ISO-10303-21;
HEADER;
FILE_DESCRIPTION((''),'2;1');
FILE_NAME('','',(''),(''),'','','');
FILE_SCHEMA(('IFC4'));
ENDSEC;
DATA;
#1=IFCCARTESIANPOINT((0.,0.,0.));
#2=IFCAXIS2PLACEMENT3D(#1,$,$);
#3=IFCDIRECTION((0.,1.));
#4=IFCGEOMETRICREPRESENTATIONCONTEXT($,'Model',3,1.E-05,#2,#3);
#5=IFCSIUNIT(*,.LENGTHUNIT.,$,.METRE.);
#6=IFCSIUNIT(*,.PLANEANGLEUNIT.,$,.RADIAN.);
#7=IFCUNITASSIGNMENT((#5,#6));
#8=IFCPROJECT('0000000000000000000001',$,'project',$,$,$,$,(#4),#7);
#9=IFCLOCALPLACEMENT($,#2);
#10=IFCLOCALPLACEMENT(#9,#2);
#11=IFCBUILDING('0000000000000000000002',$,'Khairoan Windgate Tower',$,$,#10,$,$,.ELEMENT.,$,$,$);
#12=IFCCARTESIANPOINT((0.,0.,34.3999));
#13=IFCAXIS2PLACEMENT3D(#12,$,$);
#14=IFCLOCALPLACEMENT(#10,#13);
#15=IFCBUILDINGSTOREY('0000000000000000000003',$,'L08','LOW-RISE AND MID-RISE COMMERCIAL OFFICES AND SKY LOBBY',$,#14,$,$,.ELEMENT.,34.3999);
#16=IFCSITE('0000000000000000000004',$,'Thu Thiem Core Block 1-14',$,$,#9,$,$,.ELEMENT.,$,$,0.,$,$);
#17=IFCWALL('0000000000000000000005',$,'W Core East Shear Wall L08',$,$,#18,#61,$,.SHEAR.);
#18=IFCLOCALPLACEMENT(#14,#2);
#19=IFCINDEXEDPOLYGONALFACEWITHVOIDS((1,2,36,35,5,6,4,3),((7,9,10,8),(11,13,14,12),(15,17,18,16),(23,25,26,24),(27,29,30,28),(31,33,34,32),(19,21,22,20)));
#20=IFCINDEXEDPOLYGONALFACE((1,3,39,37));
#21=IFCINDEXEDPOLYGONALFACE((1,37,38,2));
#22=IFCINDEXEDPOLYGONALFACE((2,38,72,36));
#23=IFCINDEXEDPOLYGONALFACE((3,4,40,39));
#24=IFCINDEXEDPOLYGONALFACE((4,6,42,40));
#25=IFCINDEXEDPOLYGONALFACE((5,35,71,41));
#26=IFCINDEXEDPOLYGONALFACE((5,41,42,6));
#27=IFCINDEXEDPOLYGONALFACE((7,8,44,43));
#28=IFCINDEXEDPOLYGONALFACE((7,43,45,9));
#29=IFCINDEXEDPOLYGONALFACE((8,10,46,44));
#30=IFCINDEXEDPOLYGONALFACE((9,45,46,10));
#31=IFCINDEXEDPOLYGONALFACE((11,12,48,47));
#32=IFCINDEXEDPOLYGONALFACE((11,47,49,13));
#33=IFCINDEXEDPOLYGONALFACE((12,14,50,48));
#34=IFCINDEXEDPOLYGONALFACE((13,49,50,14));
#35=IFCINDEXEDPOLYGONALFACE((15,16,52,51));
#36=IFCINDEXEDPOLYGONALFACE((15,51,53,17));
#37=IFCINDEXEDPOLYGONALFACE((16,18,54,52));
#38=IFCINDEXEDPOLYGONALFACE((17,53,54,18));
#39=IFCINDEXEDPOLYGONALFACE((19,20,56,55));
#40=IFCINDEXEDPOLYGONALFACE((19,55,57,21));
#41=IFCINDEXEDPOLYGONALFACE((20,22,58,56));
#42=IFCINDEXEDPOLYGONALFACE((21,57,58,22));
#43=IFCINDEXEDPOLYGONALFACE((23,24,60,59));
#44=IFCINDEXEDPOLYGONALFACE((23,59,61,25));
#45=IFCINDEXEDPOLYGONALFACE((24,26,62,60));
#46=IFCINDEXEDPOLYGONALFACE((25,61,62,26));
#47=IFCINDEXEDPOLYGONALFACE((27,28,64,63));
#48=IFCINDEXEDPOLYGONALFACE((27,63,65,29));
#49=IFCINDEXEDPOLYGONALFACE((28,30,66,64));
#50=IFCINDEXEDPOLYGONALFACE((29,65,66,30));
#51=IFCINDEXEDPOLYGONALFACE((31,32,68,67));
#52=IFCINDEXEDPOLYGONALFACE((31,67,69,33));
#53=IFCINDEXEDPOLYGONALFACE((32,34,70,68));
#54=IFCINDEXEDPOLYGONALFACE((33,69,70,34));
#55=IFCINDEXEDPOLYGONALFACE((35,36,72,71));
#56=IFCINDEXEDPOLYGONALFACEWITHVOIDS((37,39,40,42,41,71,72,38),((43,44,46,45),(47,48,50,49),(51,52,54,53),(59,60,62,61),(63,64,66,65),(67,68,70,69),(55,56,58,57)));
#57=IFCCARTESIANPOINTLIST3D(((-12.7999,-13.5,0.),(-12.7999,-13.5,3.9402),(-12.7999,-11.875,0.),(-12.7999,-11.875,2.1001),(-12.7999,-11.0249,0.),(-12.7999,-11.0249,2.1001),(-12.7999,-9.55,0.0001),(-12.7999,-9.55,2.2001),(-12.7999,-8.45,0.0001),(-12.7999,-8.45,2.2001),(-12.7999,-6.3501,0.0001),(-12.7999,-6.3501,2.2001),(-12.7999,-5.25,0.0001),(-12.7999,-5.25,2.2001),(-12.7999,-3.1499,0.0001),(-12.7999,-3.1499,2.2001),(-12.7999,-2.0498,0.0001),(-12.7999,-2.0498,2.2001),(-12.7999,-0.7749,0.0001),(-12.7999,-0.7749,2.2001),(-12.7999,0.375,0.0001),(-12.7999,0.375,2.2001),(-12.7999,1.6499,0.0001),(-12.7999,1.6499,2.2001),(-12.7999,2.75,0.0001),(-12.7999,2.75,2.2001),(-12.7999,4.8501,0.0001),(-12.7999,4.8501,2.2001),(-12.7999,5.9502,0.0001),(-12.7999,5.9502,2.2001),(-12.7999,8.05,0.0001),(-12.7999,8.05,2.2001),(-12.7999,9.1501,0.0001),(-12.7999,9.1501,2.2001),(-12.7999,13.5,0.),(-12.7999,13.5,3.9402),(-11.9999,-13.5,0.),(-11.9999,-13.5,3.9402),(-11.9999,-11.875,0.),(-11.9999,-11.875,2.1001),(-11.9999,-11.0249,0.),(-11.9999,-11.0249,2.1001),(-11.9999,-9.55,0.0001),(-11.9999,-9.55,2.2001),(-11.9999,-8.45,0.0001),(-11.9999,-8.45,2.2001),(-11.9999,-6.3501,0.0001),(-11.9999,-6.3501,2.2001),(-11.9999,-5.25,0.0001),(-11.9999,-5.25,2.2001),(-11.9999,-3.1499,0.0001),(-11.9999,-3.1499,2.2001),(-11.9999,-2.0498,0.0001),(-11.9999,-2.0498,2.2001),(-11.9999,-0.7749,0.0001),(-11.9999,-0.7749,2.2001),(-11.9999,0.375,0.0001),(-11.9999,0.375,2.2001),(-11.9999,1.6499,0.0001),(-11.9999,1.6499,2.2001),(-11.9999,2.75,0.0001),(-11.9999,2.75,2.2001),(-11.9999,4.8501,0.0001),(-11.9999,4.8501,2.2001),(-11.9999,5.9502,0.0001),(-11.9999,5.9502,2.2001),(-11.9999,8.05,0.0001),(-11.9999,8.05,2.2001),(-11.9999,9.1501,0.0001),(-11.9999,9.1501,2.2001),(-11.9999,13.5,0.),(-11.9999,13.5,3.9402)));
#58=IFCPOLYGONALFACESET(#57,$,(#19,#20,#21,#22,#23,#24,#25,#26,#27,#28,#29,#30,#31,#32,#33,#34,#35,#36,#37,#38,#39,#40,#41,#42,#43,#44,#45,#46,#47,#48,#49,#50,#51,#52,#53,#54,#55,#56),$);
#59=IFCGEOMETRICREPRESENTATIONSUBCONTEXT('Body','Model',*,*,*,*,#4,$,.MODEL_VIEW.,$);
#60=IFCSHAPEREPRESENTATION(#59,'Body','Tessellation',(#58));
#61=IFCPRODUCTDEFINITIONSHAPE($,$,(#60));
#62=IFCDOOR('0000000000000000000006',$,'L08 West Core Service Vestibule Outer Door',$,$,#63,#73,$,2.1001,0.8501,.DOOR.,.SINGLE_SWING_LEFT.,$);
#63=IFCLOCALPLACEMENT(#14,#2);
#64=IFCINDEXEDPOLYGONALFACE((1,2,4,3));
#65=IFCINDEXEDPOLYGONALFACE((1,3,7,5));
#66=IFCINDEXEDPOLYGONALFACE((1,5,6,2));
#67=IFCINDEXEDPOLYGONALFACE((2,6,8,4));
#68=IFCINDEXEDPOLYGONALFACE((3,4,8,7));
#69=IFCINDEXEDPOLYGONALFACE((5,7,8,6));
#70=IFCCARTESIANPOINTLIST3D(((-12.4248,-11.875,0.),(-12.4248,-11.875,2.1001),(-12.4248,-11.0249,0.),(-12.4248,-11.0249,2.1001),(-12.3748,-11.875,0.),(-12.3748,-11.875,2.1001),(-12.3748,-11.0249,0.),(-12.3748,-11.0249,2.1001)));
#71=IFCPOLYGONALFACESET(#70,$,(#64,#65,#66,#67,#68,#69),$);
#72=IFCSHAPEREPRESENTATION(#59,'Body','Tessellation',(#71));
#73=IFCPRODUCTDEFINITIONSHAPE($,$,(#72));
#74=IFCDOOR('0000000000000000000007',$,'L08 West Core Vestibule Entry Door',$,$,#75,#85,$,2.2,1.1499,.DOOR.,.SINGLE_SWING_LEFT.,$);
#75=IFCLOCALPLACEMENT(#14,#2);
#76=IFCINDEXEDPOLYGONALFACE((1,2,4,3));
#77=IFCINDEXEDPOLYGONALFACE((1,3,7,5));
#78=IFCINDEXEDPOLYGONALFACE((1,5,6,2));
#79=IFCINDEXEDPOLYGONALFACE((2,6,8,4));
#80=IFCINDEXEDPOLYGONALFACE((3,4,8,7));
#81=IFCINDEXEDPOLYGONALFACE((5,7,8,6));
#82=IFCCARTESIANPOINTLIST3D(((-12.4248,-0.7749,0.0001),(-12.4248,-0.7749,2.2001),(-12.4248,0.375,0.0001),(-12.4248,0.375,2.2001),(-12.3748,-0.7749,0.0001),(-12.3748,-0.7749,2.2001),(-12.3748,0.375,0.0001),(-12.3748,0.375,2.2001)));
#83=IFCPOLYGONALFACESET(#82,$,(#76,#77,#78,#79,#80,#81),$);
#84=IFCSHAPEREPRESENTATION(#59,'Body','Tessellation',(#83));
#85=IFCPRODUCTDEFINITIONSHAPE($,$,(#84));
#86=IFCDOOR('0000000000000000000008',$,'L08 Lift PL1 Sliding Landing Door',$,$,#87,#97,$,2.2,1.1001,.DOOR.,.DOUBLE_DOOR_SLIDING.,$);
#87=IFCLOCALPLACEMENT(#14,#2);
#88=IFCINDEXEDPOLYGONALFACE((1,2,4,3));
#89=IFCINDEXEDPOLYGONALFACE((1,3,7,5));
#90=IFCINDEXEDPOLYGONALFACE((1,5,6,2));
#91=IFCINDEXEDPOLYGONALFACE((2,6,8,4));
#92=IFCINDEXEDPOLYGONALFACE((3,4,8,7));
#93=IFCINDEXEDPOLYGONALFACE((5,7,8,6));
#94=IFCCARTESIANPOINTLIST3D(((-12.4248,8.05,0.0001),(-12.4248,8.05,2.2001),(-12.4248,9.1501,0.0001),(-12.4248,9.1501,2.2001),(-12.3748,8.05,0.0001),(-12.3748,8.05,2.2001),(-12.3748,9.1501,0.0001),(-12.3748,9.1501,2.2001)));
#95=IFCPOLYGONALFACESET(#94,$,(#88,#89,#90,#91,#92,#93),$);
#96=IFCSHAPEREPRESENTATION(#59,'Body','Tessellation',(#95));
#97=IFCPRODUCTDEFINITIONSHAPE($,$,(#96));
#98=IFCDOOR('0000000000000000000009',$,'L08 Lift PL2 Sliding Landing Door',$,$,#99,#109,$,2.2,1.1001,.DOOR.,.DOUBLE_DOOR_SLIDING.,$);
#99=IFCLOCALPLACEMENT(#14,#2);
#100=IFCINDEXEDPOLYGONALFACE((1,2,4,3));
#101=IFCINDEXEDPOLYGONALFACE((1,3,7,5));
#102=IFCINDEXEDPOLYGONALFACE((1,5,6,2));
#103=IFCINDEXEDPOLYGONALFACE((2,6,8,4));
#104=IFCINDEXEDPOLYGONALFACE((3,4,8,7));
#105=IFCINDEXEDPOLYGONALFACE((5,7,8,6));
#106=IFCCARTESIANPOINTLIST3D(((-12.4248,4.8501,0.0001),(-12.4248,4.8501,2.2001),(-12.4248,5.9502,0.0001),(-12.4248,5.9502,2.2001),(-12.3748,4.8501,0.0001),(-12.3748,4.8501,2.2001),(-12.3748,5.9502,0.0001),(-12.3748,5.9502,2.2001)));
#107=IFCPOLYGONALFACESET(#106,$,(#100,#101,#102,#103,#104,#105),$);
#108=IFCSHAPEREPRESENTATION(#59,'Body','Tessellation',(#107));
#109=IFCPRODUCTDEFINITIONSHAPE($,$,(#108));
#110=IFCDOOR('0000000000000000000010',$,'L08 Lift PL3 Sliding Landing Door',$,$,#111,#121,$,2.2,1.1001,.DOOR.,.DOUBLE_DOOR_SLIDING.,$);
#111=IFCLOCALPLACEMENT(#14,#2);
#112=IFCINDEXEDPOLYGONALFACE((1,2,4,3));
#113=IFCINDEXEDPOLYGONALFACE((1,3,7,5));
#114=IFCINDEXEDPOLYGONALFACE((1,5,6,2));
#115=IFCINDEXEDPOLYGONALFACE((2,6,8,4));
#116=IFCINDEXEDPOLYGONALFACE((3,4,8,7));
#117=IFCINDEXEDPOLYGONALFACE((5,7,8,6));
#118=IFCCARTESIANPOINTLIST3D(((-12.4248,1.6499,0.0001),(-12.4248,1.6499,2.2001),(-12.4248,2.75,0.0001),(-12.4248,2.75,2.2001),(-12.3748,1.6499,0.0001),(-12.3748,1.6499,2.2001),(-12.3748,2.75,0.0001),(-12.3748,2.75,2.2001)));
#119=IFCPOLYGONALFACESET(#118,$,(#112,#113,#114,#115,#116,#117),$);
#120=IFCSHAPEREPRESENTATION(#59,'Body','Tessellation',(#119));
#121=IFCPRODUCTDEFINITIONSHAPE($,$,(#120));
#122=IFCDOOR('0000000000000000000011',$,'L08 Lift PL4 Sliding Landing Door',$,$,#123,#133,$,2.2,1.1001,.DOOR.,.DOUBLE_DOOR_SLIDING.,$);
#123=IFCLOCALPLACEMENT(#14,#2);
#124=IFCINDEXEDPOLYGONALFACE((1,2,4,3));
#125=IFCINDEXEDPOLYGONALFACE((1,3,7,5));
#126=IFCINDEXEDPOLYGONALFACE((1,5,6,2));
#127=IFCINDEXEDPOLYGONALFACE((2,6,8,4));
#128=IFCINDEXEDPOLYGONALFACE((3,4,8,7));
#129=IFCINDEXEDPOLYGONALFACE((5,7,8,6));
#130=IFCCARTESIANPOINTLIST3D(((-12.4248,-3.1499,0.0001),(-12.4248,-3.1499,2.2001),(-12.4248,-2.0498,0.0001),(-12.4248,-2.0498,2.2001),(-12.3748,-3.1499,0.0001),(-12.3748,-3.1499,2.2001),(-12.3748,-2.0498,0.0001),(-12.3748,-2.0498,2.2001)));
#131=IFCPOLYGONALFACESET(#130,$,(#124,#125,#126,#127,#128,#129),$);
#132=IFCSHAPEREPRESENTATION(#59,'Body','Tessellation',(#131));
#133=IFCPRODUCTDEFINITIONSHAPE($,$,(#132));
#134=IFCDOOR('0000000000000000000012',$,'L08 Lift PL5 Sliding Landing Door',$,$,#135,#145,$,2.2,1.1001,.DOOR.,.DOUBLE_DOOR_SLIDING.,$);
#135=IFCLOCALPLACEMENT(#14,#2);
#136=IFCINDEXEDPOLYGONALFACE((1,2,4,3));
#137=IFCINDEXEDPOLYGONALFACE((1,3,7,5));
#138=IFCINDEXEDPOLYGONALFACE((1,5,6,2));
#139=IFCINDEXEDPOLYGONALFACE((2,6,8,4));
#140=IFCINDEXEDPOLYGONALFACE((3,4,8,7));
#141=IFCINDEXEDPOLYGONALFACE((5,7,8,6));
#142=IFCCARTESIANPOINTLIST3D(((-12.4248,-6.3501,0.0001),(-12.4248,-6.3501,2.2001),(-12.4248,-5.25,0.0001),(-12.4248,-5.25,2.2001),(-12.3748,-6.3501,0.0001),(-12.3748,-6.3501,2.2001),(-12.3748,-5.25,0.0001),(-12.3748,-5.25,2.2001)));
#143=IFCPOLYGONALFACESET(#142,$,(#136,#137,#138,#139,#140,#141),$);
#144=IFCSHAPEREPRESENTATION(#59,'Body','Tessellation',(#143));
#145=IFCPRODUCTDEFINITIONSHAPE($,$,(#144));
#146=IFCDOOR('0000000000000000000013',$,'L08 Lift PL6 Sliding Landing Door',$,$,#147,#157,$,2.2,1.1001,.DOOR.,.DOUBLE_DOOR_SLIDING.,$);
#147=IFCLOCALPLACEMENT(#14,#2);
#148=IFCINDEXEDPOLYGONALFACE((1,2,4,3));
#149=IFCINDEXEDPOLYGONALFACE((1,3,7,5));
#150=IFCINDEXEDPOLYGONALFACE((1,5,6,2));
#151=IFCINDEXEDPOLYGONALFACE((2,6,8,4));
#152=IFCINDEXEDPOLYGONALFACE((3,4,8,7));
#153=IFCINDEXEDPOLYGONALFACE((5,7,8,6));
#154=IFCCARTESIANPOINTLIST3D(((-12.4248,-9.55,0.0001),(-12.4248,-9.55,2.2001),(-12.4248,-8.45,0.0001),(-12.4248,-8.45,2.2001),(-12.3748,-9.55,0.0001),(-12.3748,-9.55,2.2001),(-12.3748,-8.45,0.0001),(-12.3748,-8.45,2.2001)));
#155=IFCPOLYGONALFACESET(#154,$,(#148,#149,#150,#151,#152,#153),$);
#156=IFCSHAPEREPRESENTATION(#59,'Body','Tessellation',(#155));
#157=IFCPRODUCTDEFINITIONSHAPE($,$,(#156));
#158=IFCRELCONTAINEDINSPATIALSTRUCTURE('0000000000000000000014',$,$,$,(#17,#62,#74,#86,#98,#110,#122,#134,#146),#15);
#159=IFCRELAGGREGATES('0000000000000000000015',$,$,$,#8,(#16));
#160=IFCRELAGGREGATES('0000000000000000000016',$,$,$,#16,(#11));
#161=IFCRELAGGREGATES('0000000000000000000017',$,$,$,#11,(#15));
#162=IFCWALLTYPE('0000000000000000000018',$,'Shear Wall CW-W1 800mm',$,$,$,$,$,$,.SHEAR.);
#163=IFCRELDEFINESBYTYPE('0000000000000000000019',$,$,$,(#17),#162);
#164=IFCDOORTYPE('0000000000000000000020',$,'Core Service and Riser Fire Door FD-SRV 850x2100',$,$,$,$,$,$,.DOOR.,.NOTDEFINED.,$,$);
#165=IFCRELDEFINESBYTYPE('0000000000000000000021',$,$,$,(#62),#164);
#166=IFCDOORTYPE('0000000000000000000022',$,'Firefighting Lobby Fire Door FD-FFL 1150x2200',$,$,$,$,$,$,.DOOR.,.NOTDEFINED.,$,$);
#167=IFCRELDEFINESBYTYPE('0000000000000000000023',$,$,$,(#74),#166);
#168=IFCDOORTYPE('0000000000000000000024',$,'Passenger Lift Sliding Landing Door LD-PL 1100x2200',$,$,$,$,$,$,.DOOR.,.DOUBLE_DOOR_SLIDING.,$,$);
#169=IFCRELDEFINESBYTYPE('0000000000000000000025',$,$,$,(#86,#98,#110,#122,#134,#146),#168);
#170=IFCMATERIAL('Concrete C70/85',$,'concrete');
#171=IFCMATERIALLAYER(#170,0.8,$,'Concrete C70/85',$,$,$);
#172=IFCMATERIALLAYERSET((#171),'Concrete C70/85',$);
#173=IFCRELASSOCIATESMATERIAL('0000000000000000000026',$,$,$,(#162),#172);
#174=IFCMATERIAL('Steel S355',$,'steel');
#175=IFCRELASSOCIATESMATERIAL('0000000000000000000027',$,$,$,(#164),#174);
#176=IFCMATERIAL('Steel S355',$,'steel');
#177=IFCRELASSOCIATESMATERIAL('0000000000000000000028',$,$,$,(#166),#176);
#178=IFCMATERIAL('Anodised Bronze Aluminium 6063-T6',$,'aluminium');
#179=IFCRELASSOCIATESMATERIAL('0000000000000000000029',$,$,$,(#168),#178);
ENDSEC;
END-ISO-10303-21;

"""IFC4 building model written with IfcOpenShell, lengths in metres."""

from ifc_helpers import new_model, si_unit, direction, frame, frame_2d, origin, place, context, subcontext, project, spatial, rectangle, extrude, material, layer, layer_set, type_object, element, fill, save


model = new_model("IFC4")

# Units and contexts
model_context = context("Model", 3, precision=1e-05, world=origin(), true_north=direction((0.0, 1.0)))
body_context = subcontext(model_context, "Body", "Model", "MODEL_VIEW")
ifc_project = project(units=[si_unit("LENGTHUNIT", "METRE"), si_unit("PLANEANGLEUNIT", "RADIAN")], contexts=[model_context])

# Site, building, storey
site_placement = place(None, origin())
site = spatial("IfcSite", under=ifc_project, at=site_placement, Name="Thu Thiem Core Block 1-14", CompositionType="ELEMENT", RefElevation=0.0)
building_placement = place(site_placement, origin())
building = spatial("IfcBuilding", under=site, at=building_placement, Name="Khairoan Windgate Tower", CompositionType="ELEMENT")
storey_placement = place(building_placement, frame((0.0, 0.0, 34.3999)))
storey = spatial("IfcBuildingStorey", under=building, at=storey_placement, Name="L08", Description="LOW-RISE AND MID-RISE COMMERCIAL OFFICES AND SKY LOBBY", CompositionType="ELEMENT", Elevation=34.3999)

# Wall, openings, doors
ifc_material_1 = material(Name="Concrete C70/85", Category="concrete")
ifc_layer = layer(ifc_material_1, 0.8, Name="Concrete C70/85")
ifc_layer_set = layer_set([ifc_layer], Name="Concrete C70/85")
wall_type = type_object("IfcWallType", Name="Shear Wall CW-W1 800mm", PredefinedType="SHEAR", material=ifc_layer_set)
wall_placement = place(storey_placement, frame((-12.3999, -13.5, 0.0), z_axis=(0.0, 0.0, 1.0), x_axis=(0.0, 1.0, 0.0)))
wall = element("IfcWall", 1, at=wall_placement, inside=storey, type_object=wall_type, Name="W Core East Shear Wall L08", PredefinedType="SHEAR", context=body_context, shape_type="SweptSolid", body=[
    extrude(rectangle(XDim=27.0, YDim=0.8, at=frame_2d((13.5, 0.0))), origin(), (0.0, 0.0, 1.0), 3.9402),
])
opening_1_placement = place(wall_placement, frame((21.55, 0.0, 0.0)))
opening_1 = element("IfcOpeningElement", 2, at=opening_1_placement, cuts=wall, PredefinedType="OPENING", context=body_context, shape_type="SweptSolid", body=[
    extrude(rectangle(XDim=1.1001, YDim=2.2, at=frame_2d((0.55, 1.1001))), frame((0.0, 0.4099, 0.0), z_axis=(0.0, -1.0, 0.0), x_axis=(1.0, 0.0, 0.0)), (0.0, 0.0, 1.0), 0.8201),
])
opening_2_placement = place(wall_placement, frame((18.3501, 0.0, 0.0)))
opening_2 = element("IfcOpeningElement", 3, at=opening_2_placement, cuts=wall, PredefinedType="OPENING", context=body_context, shape_type="SweptSolid", body=[
    extrude(rectangle(XDim=1.1001, YDim=2.2, at=frame_2d((0.55, 1.1001))), frame((0.0, 0.4099, 0.0), z_axis=(0.0, -1.0, 0.0), x_axis=(1.0, 0.0, 0.0)), (0.0, 0.0, 1.0), 0.8201),
])
opening_3_placement = place(wall_placement, frame((15.1499, 0.0, 0.0)))
opening_3 = element("IfcOpeningElement", 4, at=opening_3_placement, cuts=wall, PredefinedType="OPENING", context=body_context, shape_type="SweptSolid", body=[
    extrude(rectangle(XDim=1.1001, YDim=2.2, at=frame_2d((0.55, 1.1001))), frame((0.0, 0.4099, 0.0), z_axis=(0.0, -1.0, 0.0), x_axis=(1.0, 0.0, 0.0)), (0.0, 0.0, 1.0), 0.8201),
])
opening_4_placement = place(wall_placement, frame((10.3501, 0.0, 0.0)))
opening_4 = element("IfcOpeningElement", 5, at=opening_4_placement, cuts=wall, PredefinedType="OPENING", context=body_context, shape_type="SweptSolid", body=[
    extrude(rectangle(XDim=1.1001, YDim=2.2, at=frame_2d((0.55, 1.1001))), frame((0.0, 0.4099, 0.0), z_axis=(0.0, -1.0, 0.0), x_axis=(1.0, 0.0, 0.0)), (0.0, 0.0, 1.0), 0.8201),
])
opening_5_placement = place(wall_placement, frame((7.1499, 0.0, 0.0)))
opening_5 = element("IfcOpeningElement", 6, at=opening_5_placement, cuts=wall, PredefinedType="OPENING", context=body_context, shape_type="SweptSolid", body=[
    extrude(rectangle(XDim=1.1001, YDim=2.2, at=frame_2d((0.55, 1.1001))), frame((0.0, 0.4099, 0.0), z_axis=(0.0, -1.0, 0.0), x_axis=(1.0, 0.0, 0.0)), (0.0, 0.0, 1.0), 0.8201),
])
opening_6_placement = place(wall_placement, frame((3.95, 0.0, 0.0)))
opening_6 = element("IfcOpeningElement", 7, at=opening_6_placement, cuts=wall, PredefinedType="OPENING", context=body_context, shape_type="SweptSolid", body=[
    extrude(rectangle(XDim=1.1001, YDim=2.2, at=frame_2d((0.55, 1.1001))), frame((0.0, 0.4099, 0.0), z_axis=(0.0, -1.0, 0.0), x_axis=(1.0, 0.0, 0.0)), (0.0, 0.0, 1.0), 0.8201),
])
opening_7_placement = place(wall_placement, frame((12.7251, 0.0, 0.0)))
opening_7 = element("IfcOpeningElement", 8, at=opening_7_placement, cuts=wall, PredefinedType="OPENING", context=body_context, shape_type="SweptSolid", body=[
    extrude(rectangle(XDim=1.1499, YDim=2.2, at=frame_2d((0.575, 1.1001))), frame((0.0, 0.4099, 0.0), z_axis=(0.0, -1.0, 0.0), x_axis=(1.0, 0.0, 0.0)), (0.0, 0.0, 1.0), 0.8201),
])
opening_8_placement = place(wall_placement, frame((1.625, 0.0, 0.0)))
opening_8 = element("IfcOpeningElement", 9, at=opening_8_placement, cuts=wall, PredefinedType="OPENING", context=body_context, shape_type="SweptSolid", body=[
    extrude(rectangle(XDim=0.8501, YDim=2.1001, at=frame_2d((0.425, 1.05))), frame((0.0, 0.4099, 0.0), z_axis=(0.0, -1.0, 0.0), x_axis=(1.0, 0.0, 0.0)), (0.0, 0.0, 1.0), 0.8201),
])
ifc_material_2 = material(Name="Steel S355", Category="steel")
door_type_1 = type_object("IfcDoorType", Name="Core Service and Riser Fire Door FD-SRV 850x2100", OperationType="NOTDEFINED", PredefinedType="DOOR", material=ifc_material_2)
door_1_placement = place(opening_8_placement, origin())
door_1 = element("IfcDoor", 10, at=door_1_placement, inside=storey, type_object=door_type_1, Name="L08 West Core Service Vestibule Outer Door", OperationType="SINGLE_SWING_LEFT", OverallHeight=2.1001, OverallWidth=0.8501, PredefinedType="DOOR", context=body_context, shape_type="SweptSolid", body=[
    extrude(rectangle(XDim=0.8501, YDim=2.1001, at=frame_2d((0.425, 1.05))), frame((0.0, 0.0249, 0.0), z_axis=(0.0, -1.0, 0.0), x_axis=(1.0, 0.0, 0.0)), (0.0, 0.0, 1.0), 0.05),
])
fill(opening_8, door_1)
ifc_material_3 = material(Name="Steel S355", Category="steel")
door_type_2 = type_object("IfcDoorType", Name="Firefighting Lobby Fire Door FD-FFL 1150x2200", OperationType="NOTDEFINED", PredefinedType="DOOR", material=ifc_material_3)
door_2_placement = place(opening_7_placement, origin())
door_2 = element("IfcDoor", 11, at=door_2_placement, inside=storey, type_object=door_type_2, Name="L08 West Core Vestibule Entry Door", OperationType="SINGLE_SWING_LEFT", OverallHeight=2.2, OverallWidth=1.1499, PredefinedType="DOOR", context=body_context, shape_type="SweptSolid", body=[
    extrude(rectangle(XDim=1.1499, YDim=2.2, at=frame_2d((0.575, 1.1001))), frame((0.0, 0.0249, 0.0), z_axis=(0.0, -1.0, 0.0), x_axis=(1.0, 0.0, 0.0)), (0.0, 0.0, 1.0), 0.05),
])
fill(opening_7, door_2)
ifc_material_4 = material(Name="Anodised Bronze Aluminium 6063-T6", Category="aluminium")
door_type_3 = type_object("IfcDoorType", Name="Passenger Lift Sliding Landing Door LD-PL 1100x2200", OperationType="DOUBLE_DOOR_SLIDING", PredefinedType="DOOR", material=ifc_material_4)
door_3_placement = place(opening_1_placement, origin())
door_3 = element("IfcDoor", 12, at=door_3_placement, inside=storey, type_object=door_type_3, Name="L08 Lift PL1 Sliding Landing Door", OperationType="DOUBLE_DOOR_SLIDING", OverallHeight=2.2, OverallWidth=1.1001, PredefinedType="DOOR", context=body_context, shape_type="SweptSolid", body=[
    extrude(rectangle(XDim=1.1001, YDim=2.2, at=frame_2d((0.55, 1.1001))), frame((0.0, 0.0249, 0.0), z_axis=(0.0, -1.0, 0.0), x_axis=(1.0, 0.0, 0.0)), (0.0, 0.0, 1.0), 0.05),
])
fill(opening_1, door_3)
door_4_placement = place(opening_2_placement, origin())
door_4 = element("IfcDoor", 13, at=door_4_placement, inside=storey, type_object=door_type_3, Name="L08 Lift PL2 Sliding Landing Door", OperationType="DOUBLE_DOOR_SLIDING", OverallHeight=2.2, OverallWidth=1.1001, PredefinedType="DOOR", context=body_context, shape_type="SweptSolid", body=[
    extrude(rectangle(XDim=1.1001, YDim=2.2, at=frame_2d((0.55, 1.1001))), frame((0.0, 0.0249, 0.0), z_axis=(0.0, -1.0, 0.0), x_axis=(1.0, 0.0, 0.0)), (0.0, 0.0, 1.0), 0.05),
])
fill(opening_2, door_4)
door_5_placement = place(opening_3_placement, origin())
door_5 = element("IfcDoor", 14, at=door_5_placement, inside=storey, type_object=door_type_3, Name="L08 Lift PL3 Sliding Landing Door", OperationType="DOUBLE_DOOR_SLIDING", OverallHeight=2.2, OverallWidth=1.1001, PredefinedType="DOOR", context=body_context, shape_type="SweptSolid", body=[
    extrude(rectangle(XDim=1.1001, YDim=2.2, at=frame_2d((0.55, 1.1001))), frame((0.0, 0.0249, 0.0), z_axis=(0.0, -1.0, 0.0), x_axis=(1.0, 0.0, 0.0)), (0.0, 0.0, 1.0), 0.05),
])
fill(opening_3, door_5)
door_6_placement = place(opening_4_placement, origin())
door_6 = element("IfcDoor", 15, at=door_6_placement, inside=storey, type_object=door_type_3, Name="L08 Lift PL4 Sliding Landing Door", OperationType="DOUBLE_DOOR_SLIDING", OverallHeight=2.2, OverallWidth=1.1001, PredefinedType="DOOR", context=body_context, shape_type="SweptSolid", body=[
    extrude(rectangle(XDim=1.1001, YDim=2.2, at=frame_2d((0.55, 1.1001))), frame((0.0, 0.0249, 0.0), z_axis=(0.0, -1.0, 0.0), x_axis=(1.0, 0.0, 0.0)), (0.0, 0.0, 1.0), 0.05),
])
fill(opening_4, door_6)
door_7_placement = place(opening_5_placement, origin())
door_7 = element("IfcDoor", 16, at=door_7_placement, inside=storey, type_object=door_type_3, Name="L08 Lift PL5 Sliding Landing Door", OperationType="DOUBLE_DOOR_SLIDING", OverallHeight=2.2, OverallWidth=1.1001, PredefinedType="DOOR", context=body_context, shape_type="SweptSolid", body=[
    extrude(rectangle(XDim=1.1001, YDim=2.2, at=frame_2d((0.55, 1.1001))), frame((0.0, 0.0249, 0.0), z_axis=(0.0, -1.0, 0.0), x_axis=(1.0, 0.0, 0.0)), (0.0, 0.0, 1.0), 0.05),
])
fill(opening_5, door_7)
door_8_placement = place(opening_6_placement, origin())
door_8 = element("IfcDoor", 17, at=door_8_placement, inside=storey, type_object=door_type_3, Name="L08 Lift PL6 Sliding Landing Door", OperationType="DOUBLE_DOOR_SLIDING", OverallHeight=2.2, OverallWidth=1.1001, PredefinedType="DOOR", context=body_context, shape_type="SweptSolid", body=[
    extrude(rectangle(XDim=1.1001, YDim=2.2, at=frame_2d((0.55, 1.1001))), frame((0.0, 0.0249, 0.0), z_axis=(0.0, -1.0, 0.0), x_axis=(1.0, 0.0, 0.0)), (0.0, 0.0, 1.0), 0.05),
])
fill(opening_6, door_8)

save(model, "model.ifc")
